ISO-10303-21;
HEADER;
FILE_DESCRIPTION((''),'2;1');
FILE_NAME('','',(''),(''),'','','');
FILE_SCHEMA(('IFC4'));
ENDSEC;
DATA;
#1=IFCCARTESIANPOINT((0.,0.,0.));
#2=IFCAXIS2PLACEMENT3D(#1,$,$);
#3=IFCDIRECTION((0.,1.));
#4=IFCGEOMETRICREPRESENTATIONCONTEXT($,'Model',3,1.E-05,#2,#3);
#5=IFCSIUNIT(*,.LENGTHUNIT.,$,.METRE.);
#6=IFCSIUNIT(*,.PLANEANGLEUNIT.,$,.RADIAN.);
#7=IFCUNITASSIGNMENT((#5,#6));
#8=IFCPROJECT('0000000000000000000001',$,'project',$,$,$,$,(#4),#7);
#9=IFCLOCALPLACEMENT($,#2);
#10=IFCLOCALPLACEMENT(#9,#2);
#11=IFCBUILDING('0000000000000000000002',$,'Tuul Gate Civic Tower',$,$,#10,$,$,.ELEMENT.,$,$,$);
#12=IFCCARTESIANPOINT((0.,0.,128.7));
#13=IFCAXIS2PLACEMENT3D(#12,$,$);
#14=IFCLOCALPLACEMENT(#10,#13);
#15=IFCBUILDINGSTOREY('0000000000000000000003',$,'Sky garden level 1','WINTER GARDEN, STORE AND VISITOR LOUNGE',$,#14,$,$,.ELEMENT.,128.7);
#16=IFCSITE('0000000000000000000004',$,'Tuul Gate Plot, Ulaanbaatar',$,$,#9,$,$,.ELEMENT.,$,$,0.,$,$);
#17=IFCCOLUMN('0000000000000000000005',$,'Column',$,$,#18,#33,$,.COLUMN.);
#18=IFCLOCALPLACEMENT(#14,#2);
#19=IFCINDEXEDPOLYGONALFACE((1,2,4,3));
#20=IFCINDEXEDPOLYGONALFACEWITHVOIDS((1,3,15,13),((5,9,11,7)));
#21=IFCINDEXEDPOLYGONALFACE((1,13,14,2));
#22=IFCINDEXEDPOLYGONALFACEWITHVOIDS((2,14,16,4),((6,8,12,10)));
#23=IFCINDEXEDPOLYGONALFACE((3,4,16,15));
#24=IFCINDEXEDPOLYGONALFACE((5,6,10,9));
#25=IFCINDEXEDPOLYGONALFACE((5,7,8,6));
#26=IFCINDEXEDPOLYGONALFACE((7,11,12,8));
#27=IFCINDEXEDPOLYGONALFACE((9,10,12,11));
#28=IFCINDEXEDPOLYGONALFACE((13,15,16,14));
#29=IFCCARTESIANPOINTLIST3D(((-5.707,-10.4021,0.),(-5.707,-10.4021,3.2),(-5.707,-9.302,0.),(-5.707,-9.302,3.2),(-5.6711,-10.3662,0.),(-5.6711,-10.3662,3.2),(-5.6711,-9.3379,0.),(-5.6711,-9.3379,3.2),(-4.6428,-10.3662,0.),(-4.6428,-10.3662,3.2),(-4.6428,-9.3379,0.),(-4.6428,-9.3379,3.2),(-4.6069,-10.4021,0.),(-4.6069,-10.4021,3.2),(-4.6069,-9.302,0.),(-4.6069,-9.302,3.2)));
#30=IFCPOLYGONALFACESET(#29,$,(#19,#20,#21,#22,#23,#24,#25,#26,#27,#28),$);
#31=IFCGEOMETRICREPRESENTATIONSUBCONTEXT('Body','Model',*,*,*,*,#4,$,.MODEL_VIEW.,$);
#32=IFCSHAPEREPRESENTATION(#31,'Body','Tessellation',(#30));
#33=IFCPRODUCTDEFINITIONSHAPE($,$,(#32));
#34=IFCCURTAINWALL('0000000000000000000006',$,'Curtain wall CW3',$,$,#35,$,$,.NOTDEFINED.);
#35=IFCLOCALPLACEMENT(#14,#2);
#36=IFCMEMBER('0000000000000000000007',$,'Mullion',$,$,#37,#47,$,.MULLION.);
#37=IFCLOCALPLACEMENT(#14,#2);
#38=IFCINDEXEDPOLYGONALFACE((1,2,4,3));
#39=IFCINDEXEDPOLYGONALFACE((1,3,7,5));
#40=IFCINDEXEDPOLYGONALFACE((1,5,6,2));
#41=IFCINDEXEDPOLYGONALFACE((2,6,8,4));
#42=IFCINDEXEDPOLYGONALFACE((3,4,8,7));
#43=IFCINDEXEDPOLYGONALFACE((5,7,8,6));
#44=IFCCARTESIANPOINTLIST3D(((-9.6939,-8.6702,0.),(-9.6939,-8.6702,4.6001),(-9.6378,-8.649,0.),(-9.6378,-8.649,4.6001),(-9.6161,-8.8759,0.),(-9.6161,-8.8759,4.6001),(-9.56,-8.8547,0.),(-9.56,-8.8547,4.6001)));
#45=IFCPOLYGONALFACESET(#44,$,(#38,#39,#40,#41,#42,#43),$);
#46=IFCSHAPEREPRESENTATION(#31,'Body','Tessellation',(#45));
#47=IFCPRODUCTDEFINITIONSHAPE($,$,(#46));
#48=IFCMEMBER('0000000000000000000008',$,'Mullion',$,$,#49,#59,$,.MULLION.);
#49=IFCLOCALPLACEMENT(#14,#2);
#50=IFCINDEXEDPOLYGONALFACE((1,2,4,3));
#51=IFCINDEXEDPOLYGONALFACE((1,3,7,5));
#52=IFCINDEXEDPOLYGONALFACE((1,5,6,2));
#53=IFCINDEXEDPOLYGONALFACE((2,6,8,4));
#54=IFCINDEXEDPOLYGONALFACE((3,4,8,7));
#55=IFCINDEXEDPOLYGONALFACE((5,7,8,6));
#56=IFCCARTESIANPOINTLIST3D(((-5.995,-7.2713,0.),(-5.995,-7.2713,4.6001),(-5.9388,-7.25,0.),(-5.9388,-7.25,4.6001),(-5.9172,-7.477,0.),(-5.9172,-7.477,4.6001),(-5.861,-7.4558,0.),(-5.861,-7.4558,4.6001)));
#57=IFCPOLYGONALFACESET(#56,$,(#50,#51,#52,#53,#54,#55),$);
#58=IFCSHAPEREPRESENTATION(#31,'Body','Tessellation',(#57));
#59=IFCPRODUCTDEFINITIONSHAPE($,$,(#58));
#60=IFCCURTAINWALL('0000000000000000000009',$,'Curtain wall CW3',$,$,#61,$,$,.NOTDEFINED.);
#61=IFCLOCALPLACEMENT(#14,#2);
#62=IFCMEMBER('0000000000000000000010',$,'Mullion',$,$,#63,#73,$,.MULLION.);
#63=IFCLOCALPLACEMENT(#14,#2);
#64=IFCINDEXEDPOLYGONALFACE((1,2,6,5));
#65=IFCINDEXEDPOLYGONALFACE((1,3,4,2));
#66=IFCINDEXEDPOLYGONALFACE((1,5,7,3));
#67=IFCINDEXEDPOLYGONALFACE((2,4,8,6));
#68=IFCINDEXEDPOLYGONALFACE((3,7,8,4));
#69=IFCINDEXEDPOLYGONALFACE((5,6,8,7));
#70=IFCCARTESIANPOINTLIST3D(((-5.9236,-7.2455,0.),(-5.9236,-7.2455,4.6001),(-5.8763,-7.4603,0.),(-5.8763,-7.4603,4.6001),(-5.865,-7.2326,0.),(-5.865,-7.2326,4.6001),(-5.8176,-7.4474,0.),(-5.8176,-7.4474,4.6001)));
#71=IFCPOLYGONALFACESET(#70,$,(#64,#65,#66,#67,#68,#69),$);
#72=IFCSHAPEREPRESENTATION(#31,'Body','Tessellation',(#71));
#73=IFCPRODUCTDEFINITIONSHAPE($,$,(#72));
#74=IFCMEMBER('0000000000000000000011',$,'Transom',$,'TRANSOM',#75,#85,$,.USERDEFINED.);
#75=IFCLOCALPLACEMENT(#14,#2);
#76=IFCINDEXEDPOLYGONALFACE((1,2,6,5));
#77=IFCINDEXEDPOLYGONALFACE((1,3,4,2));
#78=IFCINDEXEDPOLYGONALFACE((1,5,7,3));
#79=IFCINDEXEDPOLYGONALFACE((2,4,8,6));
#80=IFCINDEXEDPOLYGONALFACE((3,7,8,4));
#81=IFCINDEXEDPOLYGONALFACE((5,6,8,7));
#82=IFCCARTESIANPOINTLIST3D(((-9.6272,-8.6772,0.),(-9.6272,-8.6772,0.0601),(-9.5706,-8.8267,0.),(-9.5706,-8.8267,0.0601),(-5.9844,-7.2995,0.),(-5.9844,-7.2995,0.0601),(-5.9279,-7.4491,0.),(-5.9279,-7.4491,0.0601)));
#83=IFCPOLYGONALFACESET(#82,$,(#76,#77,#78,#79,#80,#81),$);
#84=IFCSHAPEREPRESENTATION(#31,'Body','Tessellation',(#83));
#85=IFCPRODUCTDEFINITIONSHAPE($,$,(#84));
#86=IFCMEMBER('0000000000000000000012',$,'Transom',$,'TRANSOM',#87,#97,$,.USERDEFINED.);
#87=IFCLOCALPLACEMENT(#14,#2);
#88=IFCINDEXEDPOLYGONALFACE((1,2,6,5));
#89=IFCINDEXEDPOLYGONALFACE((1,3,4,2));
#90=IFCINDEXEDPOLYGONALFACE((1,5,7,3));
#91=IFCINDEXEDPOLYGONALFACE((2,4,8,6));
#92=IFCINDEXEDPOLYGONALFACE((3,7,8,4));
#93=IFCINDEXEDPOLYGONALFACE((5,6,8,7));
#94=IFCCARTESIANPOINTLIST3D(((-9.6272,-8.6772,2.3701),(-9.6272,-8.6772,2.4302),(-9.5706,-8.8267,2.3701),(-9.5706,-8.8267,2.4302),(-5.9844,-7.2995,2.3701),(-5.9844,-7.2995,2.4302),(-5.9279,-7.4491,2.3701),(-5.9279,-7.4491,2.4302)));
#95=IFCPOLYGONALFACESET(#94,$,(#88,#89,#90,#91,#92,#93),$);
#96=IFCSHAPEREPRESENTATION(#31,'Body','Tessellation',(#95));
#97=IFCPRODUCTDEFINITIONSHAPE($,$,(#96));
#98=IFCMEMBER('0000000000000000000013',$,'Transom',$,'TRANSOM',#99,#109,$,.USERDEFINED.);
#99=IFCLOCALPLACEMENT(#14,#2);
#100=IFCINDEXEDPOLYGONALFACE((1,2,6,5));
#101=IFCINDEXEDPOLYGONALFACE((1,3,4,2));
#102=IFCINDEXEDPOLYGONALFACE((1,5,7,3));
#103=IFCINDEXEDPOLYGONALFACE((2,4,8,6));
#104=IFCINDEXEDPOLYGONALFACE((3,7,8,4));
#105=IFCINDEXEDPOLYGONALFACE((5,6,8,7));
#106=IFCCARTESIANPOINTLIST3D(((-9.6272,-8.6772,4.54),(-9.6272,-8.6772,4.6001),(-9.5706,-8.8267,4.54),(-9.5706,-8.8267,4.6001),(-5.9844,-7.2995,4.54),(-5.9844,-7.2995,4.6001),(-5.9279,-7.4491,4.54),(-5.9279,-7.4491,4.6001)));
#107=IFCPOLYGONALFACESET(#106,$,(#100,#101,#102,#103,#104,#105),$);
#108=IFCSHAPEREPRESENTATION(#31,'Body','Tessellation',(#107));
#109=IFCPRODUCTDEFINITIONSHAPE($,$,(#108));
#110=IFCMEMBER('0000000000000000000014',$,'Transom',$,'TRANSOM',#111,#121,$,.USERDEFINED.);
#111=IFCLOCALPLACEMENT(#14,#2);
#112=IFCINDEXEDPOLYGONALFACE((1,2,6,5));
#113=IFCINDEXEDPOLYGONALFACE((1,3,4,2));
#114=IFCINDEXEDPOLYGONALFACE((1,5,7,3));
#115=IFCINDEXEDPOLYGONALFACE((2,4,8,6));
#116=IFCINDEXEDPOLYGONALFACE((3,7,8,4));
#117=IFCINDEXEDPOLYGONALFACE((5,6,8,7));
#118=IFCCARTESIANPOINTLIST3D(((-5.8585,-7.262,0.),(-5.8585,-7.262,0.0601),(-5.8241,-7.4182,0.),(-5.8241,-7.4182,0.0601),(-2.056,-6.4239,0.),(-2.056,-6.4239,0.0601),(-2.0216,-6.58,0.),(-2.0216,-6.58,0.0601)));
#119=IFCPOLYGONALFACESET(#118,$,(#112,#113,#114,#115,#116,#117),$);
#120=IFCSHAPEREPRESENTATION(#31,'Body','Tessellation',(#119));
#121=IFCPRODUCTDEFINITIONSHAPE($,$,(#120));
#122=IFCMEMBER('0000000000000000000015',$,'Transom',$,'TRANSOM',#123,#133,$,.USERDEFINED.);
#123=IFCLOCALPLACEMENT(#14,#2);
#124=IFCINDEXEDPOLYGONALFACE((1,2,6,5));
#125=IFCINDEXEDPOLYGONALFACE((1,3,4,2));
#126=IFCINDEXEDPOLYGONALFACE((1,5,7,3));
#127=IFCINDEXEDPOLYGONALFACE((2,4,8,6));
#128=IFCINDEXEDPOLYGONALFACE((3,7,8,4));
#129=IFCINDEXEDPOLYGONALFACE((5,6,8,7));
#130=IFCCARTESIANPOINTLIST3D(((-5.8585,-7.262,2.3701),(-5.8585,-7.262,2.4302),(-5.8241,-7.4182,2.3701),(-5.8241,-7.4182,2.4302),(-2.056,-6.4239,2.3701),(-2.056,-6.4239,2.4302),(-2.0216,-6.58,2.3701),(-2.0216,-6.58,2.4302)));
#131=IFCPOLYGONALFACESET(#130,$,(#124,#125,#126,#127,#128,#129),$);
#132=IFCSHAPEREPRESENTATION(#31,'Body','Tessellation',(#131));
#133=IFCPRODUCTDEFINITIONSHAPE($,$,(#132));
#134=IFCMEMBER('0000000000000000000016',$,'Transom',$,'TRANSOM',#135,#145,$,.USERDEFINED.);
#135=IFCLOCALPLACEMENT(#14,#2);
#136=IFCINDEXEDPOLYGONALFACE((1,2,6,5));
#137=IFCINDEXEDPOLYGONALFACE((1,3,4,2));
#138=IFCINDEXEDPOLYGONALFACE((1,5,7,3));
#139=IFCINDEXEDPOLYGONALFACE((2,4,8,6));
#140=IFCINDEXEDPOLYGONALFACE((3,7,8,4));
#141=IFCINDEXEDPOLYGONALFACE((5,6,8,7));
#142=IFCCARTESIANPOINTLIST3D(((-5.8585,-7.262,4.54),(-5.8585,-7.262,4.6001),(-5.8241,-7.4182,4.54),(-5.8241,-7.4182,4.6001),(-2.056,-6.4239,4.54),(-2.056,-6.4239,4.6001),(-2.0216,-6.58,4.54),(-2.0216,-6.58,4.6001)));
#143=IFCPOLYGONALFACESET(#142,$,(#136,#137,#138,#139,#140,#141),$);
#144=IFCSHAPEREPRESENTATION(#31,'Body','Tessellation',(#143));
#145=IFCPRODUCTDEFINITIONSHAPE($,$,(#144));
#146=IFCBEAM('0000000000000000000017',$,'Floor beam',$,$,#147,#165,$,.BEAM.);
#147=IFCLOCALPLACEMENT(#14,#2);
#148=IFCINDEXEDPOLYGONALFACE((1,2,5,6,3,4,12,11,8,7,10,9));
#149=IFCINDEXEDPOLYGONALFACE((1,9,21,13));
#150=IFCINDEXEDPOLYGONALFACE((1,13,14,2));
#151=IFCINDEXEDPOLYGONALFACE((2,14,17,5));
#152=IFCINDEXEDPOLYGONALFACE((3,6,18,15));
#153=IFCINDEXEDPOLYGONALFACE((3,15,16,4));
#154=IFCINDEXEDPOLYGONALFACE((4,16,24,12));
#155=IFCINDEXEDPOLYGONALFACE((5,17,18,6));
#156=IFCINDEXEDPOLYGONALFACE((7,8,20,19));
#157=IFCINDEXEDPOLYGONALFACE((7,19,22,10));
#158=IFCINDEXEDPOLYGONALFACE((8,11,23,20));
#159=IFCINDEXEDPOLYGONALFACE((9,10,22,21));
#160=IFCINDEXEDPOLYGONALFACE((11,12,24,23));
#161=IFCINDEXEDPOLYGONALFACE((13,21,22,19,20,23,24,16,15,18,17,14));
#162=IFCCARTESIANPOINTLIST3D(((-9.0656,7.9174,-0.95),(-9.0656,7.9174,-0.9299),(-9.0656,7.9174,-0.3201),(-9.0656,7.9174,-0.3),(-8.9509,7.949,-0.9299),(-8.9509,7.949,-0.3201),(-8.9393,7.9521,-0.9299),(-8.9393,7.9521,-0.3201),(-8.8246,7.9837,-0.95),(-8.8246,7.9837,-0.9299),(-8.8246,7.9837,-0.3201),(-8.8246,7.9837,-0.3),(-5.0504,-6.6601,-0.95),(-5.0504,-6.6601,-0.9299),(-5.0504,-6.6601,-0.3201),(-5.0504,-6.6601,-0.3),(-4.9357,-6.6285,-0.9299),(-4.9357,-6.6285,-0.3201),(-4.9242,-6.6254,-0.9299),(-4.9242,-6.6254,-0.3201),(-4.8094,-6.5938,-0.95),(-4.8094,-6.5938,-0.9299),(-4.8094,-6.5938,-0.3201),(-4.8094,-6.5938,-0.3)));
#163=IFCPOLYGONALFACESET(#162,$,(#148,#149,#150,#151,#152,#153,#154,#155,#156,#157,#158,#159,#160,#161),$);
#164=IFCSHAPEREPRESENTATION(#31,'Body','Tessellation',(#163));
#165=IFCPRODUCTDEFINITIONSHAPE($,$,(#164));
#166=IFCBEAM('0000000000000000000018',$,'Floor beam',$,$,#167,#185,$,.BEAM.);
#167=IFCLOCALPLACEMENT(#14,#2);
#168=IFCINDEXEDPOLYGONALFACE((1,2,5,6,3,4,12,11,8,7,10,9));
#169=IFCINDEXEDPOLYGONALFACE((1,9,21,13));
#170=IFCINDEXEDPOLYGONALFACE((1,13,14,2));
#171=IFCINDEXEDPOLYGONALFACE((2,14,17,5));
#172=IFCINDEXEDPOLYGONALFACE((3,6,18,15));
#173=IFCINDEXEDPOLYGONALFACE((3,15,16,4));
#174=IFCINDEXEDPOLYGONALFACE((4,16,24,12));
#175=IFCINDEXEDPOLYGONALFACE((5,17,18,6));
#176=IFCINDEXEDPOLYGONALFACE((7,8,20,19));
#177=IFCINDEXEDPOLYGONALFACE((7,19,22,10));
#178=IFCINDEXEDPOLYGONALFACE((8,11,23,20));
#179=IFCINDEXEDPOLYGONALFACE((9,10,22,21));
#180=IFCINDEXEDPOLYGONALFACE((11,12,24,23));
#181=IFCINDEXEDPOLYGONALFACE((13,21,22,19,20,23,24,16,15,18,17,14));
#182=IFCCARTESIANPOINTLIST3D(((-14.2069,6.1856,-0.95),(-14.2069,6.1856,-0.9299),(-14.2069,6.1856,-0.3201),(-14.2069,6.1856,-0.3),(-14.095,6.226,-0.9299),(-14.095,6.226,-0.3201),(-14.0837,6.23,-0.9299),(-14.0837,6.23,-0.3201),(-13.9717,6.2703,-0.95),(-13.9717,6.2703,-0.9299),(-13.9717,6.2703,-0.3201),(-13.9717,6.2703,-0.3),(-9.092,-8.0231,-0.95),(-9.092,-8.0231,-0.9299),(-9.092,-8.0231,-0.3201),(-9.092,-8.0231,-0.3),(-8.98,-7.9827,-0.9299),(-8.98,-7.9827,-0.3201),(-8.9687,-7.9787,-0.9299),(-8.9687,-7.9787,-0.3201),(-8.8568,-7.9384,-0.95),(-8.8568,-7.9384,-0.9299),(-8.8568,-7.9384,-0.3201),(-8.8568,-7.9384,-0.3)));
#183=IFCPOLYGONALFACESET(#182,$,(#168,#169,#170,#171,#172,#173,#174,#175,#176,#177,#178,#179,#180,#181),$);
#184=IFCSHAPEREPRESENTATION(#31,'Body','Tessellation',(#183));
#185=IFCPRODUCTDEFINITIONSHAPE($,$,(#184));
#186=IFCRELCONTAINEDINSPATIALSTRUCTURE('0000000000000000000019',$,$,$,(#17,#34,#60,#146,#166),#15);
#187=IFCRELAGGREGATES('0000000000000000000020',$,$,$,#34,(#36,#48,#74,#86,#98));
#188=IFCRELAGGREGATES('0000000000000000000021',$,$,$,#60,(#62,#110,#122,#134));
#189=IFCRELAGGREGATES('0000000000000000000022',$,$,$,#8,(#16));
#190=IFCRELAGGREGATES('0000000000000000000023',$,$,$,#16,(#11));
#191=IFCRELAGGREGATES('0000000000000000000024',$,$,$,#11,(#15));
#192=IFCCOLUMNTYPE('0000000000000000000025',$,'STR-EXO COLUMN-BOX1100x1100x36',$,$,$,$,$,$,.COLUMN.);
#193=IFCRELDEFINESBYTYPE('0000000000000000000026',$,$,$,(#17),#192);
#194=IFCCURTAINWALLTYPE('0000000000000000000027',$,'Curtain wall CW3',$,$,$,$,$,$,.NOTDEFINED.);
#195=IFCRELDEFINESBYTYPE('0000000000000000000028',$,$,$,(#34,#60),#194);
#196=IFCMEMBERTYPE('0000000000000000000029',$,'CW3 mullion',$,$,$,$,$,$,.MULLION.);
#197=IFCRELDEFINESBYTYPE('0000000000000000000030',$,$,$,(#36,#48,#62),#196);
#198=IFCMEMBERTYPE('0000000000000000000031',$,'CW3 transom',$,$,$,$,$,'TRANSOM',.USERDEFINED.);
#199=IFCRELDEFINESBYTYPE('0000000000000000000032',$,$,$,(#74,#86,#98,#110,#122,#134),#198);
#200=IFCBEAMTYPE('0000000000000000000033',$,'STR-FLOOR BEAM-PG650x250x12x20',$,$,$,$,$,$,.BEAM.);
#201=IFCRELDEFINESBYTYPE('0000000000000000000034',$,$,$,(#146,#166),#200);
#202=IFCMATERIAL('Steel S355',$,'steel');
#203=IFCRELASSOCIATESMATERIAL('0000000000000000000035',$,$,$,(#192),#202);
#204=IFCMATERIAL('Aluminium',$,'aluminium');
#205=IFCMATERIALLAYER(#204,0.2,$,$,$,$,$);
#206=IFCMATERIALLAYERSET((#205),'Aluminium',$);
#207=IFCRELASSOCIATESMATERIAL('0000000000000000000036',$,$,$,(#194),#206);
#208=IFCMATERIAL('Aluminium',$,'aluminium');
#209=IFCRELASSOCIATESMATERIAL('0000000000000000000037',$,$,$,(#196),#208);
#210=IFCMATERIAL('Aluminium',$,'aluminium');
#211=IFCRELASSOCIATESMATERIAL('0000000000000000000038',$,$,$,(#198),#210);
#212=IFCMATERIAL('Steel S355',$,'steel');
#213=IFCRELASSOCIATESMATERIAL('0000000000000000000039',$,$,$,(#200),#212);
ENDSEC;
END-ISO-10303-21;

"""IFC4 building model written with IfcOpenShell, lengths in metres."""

from ifc_helpers import new_model, si_unit, direction, frame, origin, origin_2d, place, context, subcontext, project, spatial, rectangle, hollow_rectangle, i_section, extrude, material, layer, layer_set, material_profile, profile_set, type_object, element, aggregate, save


model = new_model("IFC4")

# Units and contexts
model_context = context("Model", 3, precision=1e-05, world=origin(), true_north=direction((0.0, 1.0)))
body_context = subcontext(model_context, "Body", "Model", "MODEL_VIEW")
ifc_project = project(units=[si_unit("LENGTHUNIT", "METRE"), si_unit("PLANEANGLEUNIT", "RADIAN")], contexts=[model_context])

# Site, building, storey
site_placement = place(None, origin())
site = spatial("IfcSite", under=ifc_project, at=site_placement, Name="Tuul Gate Plot, Ulaanbaatar", CompositionType="ELEMENT", RefElevation=0.0)
building_placement = place(site_placement, origin())
building = spatial("IfcBuilding", under=site, at=building_placement, Name="Tuul Gate Civic Tower", CompositionType="ELEMENT")
storey_placement = place(building_placement, frame((0.0, 0.0, 128.7)))
storey = spatial("IfcBuildingStorey", under=building, at=storey_placement, Name="Sky garden level 1", Description="WINTER GARDEN, STORE AND VISITOR LOUNGE", CompositionType="ELEMENT", Elevation=128.7)

# Column
ifc_material_1 = material(Name="Steel S355", Category="steel")
ifc_material_profile_1 = material_profile(ifc_material_1, hollow_rectangle(XDim=1.1001, YDim=1.1001, WallThickness=0.0359, at=origin_2d()), Name="BOX1100x1100x36")
ifc_profile_set_1 = profile_set([ifc_material_profile_1], Name="Steel S355")
column_type = type_object("IfcColumnType", Name="STR-EXO COLUMN-BOX1100x1100x36", PredefinedType="COLUMN", material=ifc_profile_set_1)
column_placement = place(storey_placement, frame((-5.157, -9.8521, 0.0), z_axis=(0.0, 0.0, 1.0), x_axis=(1.0, 0.0, 0.0)))
element("IfcColumn", 1, at=column_placement, inside=storey, type_object=column_type, Name="Column", PredefinedType="COLUMN", context=body_context, shape_type="SweptSolid", body=[
    extrude(hollow_rectangle(XDim=1.1001, YDim=1.1001, WallThickness=0.0359, at=origin_2d()), origin(), (0.0, 0.0, 1.0), 3.2),
])

# Curtain wall, members
ifc_material_2 = material(Name="Aluminium", Category="aluminium")
ifc_layer_1 = layer(ifc_material_2, 0.2)
ifc_layer_set_1 = layer_set([ifc_layer_1], Name="Aluminium")
curtain_wall_type = type_object("IfcCurtainWallType", Name="Curtain wall CW3", PredefinedType="NOTDEFINED", material=ifc_layer_set_1)
curtain_wall_1_placement = place(storey_placement, origin())
curtain_wall_1 = element("IfcCurtainWall", 2, at=curtain_wall_1_placement, inside=storey, type_object=curtain_wall_type, Name="Curtain wall CW3", PredefinedType="NOTDEFINED")
ifc_material_3 = material(Name="Aluminium", Category="aluminium")
ifc_material_profile_2 = material_profile(ifc_material_3, rectangle(XDim=0.22, YDim=0.0601, at=origin_2d()), Name="CW3 mullion")
ifc_profile_set_2 = profile_set([ifc_material_profile_2], Name="Aluminium")
member_type_1 = type_object("IfcMemberType", Name="CW3 mullion", PredefinedType="MULLION", material=ifc_profile_set_2)
member_1_placement = place(storey_placement, frame((-9.627, -8.7625, 0.0), z_axis=(0.0, 0.0, 1.0), x_axis=(-0.353735, 0.935346, 0.0)))
member_1 = element("IfcMember", 3, at=member_1_placement, type_object=member_type_1, Name="Mullion", PredefinedType="MULLION", context=body_context, shape_type="SweptSolid", body=[
    extrude(rectangle(XDim=0.22, YDim=0.0601, at=origin_2d()), origin(), (0.0, 0.0, 1.0), 4.6001),
])
member_2_placement = place(storey_placement, frame((-5.928, -7.3635, 0.0), z_axis=(0.0, 0.0, 1.0), x_axis=(-0.353735, 0.935346, 0.0)))
member_2 = element("IfcMember", 4, at=member_2_placement, type_object=member_type_1, Name="Mullion", PredefinedType="MULLION", context=body_context, shape_type="SweptSolid", body=[
    extrude(rectangle(XDim=0.22, YDim=0.0601, at=origin_2d()), origin(), (0.0, 0.0, 1.0), 4.6001),
])

# Curtain wall, member
curtain_wall_2_placement = place(storey_placement, origin())
curtain_wall_2 = element("IfcCurtainWall", 5, at=curtain_wall_2_placement, inside=storey, type_object=curtain_wall_type, Name="Curtain wall CW3", PredefinedType="NOTDEFINED")
member_3_placement = place(storey_placement, frame((-5.8706, -7.3464, 0.0), z_axis=(0.0, 0.0, 1.0), x_axis=(-0.215242, 0.976561, 0.0)))
member_3 = element("IfcMember", 6, at=member_3_placement, type_object=member_type_1, Name="Mullion", PredefinedType="MULLION", context=body_context, shape_type="SweptSolid", body=[
    extrude(rectangle(XDim=0.22, YDim=0.0601, at=origin_2d()), origin(), (0.0, 0.0, 1.0), 4.6001),
])

# Members
ifc_material_4 = material(Name="Aluminium", Category="aluminium")
ifc_material_profile_3 = material_profile(ifc_material_4, rectangle(XDim=0.1599, YDim=0.0601, at=origin_2d()), Name="CW3 transom")
ifc_profile_set_3 = profile_set([ifc_material_profile_3], Name="Aluminium")
member_type_2 = type_object("IfcMemberType", Name="CW3 transom", ElementType="TRANSOM", PredefinedType="USERDEFINED", material=ifc_profile_set_3)
member_4_placement = place(storey_placement, frame((-9.5989, -8.752, 0.03), z_axis=(0.935344, 0.353739, 0.0), x_axis=(-0.353739, 0.935344, 0.0)))
member_4 = element("IfcMember", 7, at=member_4_placement, type_object=member_type_2, Name="Transom", ObjectType="TRANSOM", PredefinedType="USERDEFINED", context=body_context, shape_type="SweptSolid", body=[
    extrude(rectangle(XDim=0.1599, YDim=0.0601, at=origin_2d()), origin(), (0.0, 0.0, 1.0), 3.8945),
])
member_5_placement = place(storey_placement, frame((-9.5989, -8.752, 2.4001), z_axis=(0.935344, 0.353739, 0.0), x_axis=(-0.353739, 0.935344, 0.0)))
member_5 = element("IfcMember", 8, at=member_5_placement, type_object=member_type_2, Name="Transom", ObjectType="TRANSOM", PredefinedType="USERDEFINED", context=body_context, shape_type="SweptSolid", body=[
    extrude(rectangle(XDim=0.1599, YDim=0.0601, at=origin_2d()), origin(), (0.0, 0.0, 1.0), 3.8945),
])
member_6_placement = place(storey_placement, frame((-9.5989, -8.752, 4.5701), z_axis=(0.935344, 0.353739, 0.0), x_axis=(-0.353739, 0.935344, 0.0)))
member_6 = element("IfcMember", 9, at=member_6_placement, type_object=member_type_2, Name="Transom", ObjectType="TRANSOM", PredefinedType="USERDEFINED", context=body_context, shape_type="SweptSolid", body=[
    extrude(rectangle(XDim=0.1599, YDim=0.0601, at=origin_2d()), origin(), (0.0, 0.0, 1.0), 3.8945),
])
member_7_placement = place(storey_placement, frame((-5.8413, -7.3401, 0.03), z_axis=(0.976559, 0.215251, 0.0), x_axis=(-0.215251, 0.976559, 0.0)))
member_7 = element("IfcMember", 10, at=member_7_placement, type_object=member_type_2, Name="Transom", ObjectType="TRANSOM", PredefinedType="USERDEFINED", context=body_context, shape_type="SweptSolid", body=[
    extrude(rectangle(XDim=0.1599, YDim=0.0601, at=origin_2d()), origin(), (0.0, 0.0, 1.0), 3.8938),
])
member_8_placement = place(storey_placement, frame((-5.8413, -7.3401, 2.4001), z_axis=(0.976559, 0.215251, 0.0), x_axis=(-0.215251, 0.976559, 0.0)))
member_8 = element("IfcMember", 11, at=member_8_placement, type_object=member_type_2, Name="Transom", ObjectType="TRANSOM", PredefinedType="USERDEFINED", context=body_context, shape_type="SweptSolid", body=[
    extrude(rectangle(XDim=0.1599, YDim=0.0601, at=origin_2d()), origin(), (0.0, 0.0, 1.0), 3.8938),
])
member_9_placement = place(storey_placement, frame((-5.8413, -7.3401, 4.5701), z_axis=(0.976559, 0.215251, 0.0), x_axis=(-0.215251, 0.976559, 0.0)))
member_9 = element("IfcMember", 12, at=member_9_placement, type_object=member_type_2, Name="Transom", ObjectType="TRANSOM", PredefinedType="USERDEFINED", context=body_context, shape_type="SweptSolid", body=[
    extrude(rectangle(XDim=0.1599, YDim=0.0601, at=origin_2d()), origin(), (0.0, 0.0, 1.0), 3.8938),
])

# Beams
ifc_material_5 = material(Name="Steel S355", Category="steel")
ifc_material_profile_4 = material_profile(ifc_material_5, i_section(OverallWidth=0.25, OverallDepth=0.6499, WebThickness=0.012, FlangeThickness=0.02, at=origin_2d()), Name="PG650x250x12x20")
ifc_profile_set_4 = profile_set([ifc_material_profile_4], Name="Steel S355")
beam_type_1 = type_object("IfcBeamType", Name="STR-FLOOR BEAM-PG650x250x12x20", PredefinedType="BEAM", material=ifc_profile_set_4)
beam_1_placement = place(storey_placement, frame((-4.9299, -6.627, -0.625), z_axis=(-0.265547, 0.964098, 0.0), x_axis=(-0.964098, -0.265547, 0.0)))
element("IfcBeam", 13, at=beam_1_placement, inside=storey, type_object=beam_type_1, Name="Floor beam", PredefinedType="BEAM", context=body_context, shape_type="SweptSolid", body=[
    extrude(i_section(OverallWidth=0.25, OverallDepth=0.6499, WebThickness=0.012, FlangeThickness=0.02, at=origin_2d()), origin(), (0.0, 0.0, 1.0), 15.1204),
])
beam_2_placement = place(storey_placement, frame((-8.9744, -7.9807, -0.625), z_axis=(-0.33871, 0.940891, 0.0), x_axis=(-0.940891, -0.33871, 0.0)))
element("IfcBeam", 14, at=beam_2_placement, inside=storey, type_object=beam_type_1, Name="Floor beam", PredefinedType="BEAM", context=body_context, shape_type="SweptSolid", body=[
    extrude(i_section(OverallWidth=0.25, OverallDepth=0.6499, WebThickness=0.012, FlangeThickness=0.02, at=origin_2d()), origin(), (0.0, 0.0, 1.0), 15.1013),
])

aggregate(curtain_wall_1, [member_1, member_2, member_4, member_5, member_6])
aggregate(curtain_wall_2, [member_3, member_7, member_8, member_9])

save(model, "model.ifc")
